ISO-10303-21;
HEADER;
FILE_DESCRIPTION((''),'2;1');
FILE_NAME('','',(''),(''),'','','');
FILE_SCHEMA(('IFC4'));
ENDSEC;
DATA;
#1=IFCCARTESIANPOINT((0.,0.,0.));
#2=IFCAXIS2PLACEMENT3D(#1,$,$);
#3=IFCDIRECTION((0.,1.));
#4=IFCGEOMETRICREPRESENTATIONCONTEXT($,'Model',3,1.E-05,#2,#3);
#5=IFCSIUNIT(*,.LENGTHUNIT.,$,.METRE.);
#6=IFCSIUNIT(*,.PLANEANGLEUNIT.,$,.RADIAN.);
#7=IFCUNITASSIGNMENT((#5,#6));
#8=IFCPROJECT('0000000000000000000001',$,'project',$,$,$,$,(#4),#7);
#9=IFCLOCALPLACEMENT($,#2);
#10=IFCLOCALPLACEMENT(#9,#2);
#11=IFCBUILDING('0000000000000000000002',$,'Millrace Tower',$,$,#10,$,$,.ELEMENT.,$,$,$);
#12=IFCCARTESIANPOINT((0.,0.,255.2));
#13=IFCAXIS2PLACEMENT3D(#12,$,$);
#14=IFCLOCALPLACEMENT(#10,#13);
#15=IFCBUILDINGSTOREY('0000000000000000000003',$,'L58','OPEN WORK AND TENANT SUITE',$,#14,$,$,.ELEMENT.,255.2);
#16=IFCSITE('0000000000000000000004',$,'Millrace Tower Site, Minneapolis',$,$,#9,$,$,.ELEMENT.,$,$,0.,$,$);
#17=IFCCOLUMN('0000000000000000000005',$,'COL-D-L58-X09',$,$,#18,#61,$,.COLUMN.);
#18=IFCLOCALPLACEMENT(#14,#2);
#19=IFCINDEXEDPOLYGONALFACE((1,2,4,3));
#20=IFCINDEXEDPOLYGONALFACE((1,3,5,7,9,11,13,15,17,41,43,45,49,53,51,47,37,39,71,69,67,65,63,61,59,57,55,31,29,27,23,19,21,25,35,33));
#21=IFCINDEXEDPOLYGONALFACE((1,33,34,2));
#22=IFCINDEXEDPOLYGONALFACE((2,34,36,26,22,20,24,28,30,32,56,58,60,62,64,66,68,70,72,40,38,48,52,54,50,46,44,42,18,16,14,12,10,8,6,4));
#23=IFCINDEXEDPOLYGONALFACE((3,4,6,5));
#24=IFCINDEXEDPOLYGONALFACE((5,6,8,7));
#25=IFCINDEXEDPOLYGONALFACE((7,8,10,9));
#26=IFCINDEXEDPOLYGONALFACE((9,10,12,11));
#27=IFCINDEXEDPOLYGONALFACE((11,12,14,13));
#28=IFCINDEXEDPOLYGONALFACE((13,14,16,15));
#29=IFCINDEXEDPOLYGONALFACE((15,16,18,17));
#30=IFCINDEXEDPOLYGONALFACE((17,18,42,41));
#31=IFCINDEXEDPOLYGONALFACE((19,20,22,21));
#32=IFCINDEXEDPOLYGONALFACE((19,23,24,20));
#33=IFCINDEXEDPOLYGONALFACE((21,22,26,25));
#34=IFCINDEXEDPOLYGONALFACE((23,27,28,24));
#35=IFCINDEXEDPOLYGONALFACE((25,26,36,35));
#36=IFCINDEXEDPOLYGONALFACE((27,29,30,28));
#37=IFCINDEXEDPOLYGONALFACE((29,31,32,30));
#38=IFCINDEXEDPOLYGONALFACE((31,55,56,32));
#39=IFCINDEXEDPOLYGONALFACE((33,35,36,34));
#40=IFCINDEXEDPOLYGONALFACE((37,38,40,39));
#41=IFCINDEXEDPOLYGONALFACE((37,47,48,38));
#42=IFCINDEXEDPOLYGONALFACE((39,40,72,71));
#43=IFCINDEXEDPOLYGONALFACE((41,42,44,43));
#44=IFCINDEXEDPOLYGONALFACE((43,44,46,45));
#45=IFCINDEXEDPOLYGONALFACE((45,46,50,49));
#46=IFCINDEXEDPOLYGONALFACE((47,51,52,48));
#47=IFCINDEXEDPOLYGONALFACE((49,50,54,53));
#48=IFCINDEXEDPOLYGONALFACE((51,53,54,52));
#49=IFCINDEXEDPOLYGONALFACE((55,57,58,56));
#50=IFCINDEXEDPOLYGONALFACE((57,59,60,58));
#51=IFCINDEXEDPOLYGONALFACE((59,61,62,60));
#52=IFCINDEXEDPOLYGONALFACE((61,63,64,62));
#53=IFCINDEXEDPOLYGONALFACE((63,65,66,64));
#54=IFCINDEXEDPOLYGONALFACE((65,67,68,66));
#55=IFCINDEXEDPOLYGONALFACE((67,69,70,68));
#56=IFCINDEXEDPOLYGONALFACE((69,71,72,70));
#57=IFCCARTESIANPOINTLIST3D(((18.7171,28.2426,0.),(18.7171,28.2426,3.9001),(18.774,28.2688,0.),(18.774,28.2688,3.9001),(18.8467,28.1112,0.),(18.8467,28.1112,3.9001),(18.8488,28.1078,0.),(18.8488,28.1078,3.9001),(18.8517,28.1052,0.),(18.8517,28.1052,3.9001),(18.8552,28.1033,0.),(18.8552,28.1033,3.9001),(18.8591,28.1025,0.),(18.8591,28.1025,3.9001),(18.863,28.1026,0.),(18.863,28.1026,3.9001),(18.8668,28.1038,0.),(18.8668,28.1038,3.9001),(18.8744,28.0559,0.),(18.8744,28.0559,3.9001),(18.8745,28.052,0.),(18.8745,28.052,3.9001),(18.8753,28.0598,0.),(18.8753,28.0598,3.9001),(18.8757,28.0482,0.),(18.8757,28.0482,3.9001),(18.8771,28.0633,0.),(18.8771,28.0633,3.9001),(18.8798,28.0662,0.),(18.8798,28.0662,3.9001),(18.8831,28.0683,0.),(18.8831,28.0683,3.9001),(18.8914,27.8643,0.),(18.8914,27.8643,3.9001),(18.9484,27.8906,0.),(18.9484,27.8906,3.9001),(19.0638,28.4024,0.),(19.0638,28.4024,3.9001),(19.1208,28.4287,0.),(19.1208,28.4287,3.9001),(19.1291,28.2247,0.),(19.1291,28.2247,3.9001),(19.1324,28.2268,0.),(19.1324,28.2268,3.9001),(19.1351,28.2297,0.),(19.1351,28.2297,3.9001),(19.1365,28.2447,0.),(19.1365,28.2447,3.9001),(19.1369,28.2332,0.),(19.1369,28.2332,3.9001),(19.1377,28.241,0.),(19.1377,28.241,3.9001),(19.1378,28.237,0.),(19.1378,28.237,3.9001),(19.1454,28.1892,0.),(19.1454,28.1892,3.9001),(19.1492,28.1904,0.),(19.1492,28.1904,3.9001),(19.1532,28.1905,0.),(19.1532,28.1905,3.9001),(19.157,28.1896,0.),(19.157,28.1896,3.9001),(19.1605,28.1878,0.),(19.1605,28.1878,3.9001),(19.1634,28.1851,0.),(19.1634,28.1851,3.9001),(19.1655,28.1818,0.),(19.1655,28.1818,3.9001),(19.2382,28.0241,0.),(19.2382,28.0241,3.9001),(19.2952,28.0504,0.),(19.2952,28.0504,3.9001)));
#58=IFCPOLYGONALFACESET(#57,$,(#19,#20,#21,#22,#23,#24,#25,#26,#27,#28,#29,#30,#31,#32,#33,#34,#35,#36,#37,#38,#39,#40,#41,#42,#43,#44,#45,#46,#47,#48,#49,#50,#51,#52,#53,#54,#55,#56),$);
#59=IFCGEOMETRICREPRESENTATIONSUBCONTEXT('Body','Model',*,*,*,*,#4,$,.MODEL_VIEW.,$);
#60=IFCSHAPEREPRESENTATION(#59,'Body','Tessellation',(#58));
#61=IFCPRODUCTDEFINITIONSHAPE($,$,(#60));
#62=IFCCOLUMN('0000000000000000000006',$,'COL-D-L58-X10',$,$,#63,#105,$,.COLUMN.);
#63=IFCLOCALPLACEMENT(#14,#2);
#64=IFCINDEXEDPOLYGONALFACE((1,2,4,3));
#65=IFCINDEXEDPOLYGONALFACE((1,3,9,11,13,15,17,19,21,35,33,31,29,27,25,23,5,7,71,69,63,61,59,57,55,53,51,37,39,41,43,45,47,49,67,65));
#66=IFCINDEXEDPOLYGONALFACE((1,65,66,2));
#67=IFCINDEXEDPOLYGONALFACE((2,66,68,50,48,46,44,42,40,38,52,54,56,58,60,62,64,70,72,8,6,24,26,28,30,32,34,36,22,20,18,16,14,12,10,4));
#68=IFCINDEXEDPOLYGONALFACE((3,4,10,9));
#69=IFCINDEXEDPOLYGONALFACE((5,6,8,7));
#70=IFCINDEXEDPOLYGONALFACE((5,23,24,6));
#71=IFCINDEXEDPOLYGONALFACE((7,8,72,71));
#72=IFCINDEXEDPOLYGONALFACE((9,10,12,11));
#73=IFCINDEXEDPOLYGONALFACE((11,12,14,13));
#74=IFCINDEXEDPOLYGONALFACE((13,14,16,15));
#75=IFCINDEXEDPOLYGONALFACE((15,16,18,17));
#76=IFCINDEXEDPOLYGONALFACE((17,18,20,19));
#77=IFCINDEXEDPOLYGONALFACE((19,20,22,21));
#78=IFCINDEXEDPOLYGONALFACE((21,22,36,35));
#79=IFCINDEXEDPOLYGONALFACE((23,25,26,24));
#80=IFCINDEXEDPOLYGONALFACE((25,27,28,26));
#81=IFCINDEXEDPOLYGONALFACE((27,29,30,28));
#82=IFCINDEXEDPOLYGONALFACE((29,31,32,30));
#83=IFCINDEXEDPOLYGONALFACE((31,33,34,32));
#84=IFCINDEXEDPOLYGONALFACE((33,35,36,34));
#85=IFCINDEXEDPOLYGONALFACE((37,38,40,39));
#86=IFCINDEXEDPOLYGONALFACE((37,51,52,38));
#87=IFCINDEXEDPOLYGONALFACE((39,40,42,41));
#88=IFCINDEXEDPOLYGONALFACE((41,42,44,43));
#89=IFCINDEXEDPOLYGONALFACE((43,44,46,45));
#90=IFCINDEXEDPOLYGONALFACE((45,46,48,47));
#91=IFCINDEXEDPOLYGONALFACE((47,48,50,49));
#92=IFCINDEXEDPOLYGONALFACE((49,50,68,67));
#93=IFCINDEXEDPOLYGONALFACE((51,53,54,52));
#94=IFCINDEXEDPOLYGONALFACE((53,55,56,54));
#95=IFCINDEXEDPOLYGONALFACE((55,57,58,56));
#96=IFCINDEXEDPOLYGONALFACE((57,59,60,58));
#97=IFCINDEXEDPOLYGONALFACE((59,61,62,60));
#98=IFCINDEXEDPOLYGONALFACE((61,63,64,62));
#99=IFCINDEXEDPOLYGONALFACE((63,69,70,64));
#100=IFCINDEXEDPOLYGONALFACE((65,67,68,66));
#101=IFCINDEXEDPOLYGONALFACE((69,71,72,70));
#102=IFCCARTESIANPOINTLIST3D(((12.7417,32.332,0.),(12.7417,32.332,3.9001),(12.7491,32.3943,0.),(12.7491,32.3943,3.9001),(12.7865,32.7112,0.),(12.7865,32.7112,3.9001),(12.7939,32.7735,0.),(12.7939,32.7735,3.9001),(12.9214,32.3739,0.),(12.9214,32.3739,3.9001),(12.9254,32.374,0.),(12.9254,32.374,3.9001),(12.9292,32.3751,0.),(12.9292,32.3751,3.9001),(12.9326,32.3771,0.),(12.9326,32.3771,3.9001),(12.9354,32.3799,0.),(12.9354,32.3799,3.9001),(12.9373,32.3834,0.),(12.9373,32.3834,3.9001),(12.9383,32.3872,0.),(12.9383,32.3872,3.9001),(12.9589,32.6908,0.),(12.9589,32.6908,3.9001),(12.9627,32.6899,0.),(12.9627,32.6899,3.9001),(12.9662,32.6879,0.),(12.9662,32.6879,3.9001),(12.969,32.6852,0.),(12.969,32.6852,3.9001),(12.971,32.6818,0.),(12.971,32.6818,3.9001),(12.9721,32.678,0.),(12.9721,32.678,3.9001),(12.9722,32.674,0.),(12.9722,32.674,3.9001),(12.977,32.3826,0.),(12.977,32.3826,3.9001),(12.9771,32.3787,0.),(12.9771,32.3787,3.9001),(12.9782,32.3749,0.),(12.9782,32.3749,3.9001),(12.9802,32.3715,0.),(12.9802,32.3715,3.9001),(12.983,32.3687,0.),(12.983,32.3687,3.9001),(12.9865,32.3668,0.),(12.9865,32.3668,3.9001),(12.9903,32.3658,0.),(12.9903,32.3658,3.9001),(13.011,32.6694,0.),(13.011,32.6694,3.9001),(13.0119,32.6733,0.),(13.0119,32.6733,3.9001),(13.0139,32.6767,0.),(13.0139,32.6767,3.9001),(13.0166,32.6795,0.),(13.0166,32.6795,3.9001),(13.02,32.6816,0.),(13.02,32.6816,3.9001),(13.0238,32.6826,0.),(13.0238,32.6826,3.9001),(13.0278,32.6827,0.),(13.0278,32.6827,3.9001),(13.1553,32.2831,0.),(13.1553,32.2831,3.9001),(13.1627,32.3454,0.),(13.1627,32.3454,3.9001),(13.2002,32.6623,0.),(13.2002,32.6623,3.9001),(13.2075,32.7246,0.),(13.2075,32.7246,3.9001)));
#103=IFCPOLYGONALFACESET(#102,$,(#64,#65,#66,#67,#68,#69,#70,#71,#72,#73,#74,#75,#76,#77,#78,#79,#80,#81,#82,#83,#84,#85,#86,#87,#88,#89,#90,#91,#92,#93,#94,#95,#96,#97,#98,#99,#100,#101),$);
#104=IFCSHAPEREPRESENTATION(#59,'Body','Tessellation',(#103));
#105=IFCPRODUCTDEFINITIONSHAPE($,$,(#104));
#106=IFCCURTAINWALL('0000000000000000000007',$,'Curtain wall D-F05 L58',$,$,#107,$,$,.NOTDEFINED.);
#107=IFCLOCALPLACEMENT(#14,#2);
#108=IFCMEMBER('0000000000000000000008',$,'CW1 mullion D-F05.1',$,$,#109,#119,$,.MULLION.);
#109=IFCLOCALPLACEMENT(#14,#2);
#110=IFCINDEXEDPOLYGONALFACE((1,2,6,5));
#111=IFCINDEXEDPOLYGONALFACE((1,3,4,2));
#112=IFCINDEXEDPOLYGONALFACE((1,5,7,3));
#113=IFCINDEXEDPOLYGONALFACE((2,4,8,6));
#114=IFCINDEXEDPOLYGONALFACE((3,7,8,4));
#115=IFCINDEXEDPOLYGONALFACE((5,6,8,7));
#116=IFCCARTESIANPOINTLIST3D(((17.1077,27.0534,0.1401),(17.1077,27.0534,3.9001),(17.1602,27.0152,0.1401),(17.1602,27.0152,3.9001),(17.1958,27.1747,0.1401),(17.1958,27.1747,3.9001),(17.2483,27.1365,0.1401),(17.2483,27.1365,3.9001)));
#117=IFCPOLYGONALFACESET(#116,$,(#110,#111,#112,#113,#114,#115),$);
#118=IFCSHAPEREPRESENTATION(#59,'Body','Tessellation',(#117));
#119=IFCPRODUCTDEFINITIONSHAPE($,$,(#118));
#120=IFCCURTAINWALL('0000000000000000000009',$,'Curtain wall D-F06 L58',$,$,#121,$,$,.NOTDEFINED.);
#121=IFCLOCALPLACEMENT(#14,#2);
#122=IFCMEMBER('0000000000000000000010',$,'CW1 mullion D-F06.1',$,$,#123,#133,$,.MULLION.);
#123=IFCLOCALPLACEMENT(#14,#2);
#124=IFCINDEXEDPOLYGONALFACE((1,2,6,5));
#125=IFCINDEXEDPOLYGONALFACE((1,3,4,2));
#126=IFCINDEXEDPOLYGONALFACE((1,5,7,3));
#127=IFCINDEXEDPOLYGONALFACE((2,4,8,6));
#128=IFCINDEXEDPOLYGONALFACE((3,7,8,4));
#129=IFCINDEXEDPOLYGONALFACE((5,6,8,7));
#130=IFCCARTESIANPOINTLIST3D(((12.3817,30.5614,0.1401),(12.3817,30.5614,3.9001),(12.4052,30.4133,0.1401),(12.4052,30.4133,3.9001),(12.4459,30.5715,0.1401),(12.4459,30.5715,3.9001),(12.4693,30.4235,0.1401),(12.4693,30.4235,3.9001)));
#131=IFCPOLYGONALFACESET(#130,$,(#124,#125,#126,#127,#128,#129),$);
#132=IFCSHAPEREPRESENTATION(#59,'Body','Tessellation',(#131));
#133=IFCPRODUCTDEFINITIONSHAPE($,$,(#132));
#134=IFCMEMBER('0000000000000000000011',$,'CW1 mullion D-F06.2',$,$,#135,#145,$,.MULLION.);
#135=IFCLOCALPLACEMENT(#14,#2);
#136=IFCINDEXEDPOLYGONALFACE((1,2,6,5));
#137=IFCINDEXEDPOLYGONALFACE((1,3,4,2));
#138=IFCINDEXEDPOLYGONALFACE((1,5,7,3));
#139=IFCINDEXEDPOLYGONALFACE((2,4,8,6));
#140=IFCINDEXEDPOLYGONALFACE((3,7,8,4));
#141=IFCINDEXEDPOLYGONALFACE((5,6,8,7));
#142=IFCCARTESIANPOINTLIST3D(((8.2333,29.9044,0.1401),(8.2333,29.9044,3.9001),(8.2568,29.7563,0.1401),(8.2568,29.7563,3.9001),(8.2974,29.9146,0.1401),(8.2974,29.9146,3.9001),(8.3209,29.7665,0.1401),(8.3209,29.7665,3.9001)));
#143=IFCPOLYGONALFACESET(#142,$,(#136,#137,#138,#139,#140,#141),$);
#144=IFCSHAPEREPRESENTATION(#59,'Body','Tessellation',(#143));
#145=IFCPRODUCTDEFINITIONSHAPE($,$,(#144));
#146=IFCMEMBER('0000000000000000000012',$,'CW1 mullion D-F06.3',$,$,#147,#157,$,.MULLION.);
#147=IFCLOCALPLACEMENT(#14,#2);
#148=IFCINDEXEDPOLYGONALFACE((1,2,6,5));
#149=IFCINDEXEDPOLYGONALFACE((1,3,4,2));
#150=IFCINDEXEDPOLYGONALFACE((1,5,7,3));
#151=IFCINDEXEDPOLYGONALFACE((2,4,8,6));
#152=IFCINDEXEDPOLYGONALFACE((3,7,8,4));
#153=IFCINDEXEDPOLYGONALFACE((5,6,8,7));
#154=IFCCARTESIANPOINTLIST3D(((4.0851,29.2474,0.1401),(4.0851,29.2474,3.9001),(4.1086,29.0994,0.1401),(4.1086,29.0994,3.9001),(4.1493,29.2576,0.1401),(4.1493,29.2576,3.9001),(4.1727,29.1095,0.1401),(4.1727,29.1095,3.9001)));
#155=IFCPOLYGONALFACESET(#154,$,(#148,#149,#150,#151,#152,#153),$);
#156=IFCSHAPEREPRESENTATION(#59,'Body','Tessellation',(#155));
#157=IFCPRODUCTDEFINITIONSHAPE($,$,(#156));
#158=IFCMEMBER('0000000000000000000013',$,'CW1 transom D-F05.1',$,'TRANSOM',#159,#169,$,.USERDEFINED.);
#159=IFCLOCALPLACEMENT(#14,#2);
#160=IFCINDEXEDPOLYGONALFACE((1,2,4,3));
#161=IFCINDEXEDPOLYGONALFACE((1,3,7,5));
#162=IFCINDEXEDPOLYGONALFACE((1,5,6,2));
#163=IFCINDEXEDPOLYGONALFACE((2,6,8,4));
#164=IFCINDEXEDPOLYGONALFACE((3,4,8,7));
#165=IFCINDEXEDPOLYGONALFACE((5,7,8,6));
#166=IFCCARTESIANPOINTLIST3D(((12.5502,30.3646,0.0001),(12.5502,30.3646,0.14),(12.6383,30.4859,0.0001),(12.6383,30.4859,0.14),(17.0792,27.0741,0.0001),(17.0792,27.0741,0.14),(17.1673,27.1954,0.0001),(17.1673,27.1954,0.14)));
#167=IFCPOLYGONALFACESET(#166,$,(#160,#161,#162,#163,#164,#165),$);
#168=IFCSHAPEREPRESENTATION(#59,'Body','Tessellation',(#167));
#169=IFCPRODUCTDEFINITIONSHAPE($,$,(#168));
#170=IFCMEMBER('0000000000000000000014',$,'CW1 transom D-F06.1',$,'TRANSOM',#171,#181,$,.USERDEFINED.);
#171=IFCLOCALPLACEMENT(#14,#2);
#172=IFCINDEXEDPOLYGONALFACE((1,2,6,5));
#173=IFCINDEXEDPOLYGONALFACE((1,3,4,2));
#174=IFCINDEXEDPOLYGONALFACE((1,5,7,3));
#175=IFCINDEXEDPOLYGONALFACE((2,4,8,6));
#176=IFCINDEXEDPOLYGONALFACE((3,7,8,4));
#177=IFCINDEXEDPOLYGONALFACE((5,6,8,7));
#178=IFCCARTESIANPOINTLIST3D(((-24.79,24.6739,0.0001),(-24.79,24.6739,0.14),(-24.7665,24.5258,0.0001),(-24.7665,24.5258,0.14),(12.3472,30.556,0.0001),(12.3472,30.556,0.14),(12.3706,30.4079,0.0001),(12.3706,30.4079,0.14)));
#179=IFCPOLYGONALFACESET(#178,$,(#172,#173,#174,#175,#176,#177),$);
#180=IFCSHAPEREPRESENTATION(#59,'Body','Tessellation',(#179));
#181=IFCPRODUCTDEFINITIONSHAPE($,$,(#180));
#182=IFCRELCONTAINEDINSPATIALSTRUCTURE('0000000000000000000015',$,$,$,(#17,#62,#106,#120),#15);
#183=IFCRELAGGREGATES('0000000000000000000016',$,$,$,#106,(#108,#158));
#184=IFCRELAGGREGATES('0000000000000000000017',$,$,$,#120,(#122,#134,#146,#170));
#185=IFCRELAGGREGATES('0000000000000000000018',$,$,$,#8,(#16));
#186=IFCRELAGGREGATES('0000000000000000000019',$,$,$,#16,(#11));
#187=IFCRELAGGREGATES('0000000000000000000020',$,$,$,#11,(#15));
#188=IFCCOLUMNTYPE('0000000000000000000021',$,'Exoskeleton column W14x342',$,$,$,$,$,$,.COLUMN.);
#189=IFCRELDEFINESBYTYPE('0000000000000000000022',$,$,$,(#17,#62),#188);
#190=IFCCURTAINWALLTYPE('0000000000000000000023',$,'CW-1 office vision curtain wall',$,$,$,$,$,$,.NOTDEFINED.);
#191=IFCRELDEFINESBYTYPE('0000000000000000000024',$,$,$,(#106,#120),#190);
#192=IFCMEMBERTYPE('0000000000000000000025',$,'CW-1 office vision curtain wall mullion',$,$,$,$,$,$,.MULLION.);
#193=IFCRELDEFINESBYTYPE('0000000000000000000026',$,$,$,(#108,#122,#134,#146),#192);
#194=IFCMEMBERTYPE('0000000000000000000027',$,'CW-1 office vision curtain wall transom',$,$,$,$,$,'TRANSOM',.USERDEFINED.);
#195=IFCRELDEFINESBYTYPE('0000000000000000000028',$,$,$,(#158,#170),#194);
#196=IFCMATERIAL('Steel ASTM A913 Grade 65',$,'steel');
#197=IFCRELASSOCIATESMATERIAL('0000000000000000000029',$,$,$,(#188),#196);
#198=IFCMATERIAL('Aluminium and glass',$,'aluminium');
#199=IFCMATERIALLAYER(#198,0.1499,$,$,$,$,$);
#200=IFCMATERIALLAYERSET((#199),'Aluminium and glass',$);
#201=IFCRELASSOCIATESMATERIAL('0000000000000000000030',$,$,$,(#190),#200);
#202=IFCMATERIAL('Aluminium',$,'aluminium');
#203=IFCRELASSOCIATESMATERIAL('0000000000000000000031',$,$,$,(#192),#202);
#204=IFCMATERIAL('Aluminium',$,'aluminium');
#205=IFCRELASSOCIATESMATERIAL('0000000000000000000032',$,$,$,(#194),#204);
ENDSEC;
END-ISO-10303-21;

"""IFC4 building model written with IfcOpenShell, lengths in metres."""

from ifc_helpers import new_model, si_unit, direction, frame, origin, origin_2d, place, context, subcontext, project, spatial, rectangle, i_section, extrude, material, layer, layer_set, material_profile, profile_set, type_object, element, aggregate, save


model = new_model("IFC4")

# Units and contexts
model_context = context("Model", 3, precision=1e-05, world=origin(), true_north=direction((0.0, 1.0)))
body_context = subcontext(model_context, "Body", "Model", "MODEL_VIEW")
ifc_project = project(units=[si_unit("LENGTHUNIT", "METRE"), si_unit("PLANEANGLEUNIT", "RADIAN")], contexts=[model_context])

# Site, building, storey
site_placement = place(None, origin())
site = spatial("IfcSite", under=ifc_project, at=site_placement, Name="Millrace Tower Site, Minneapolis", CompositionType="ELEMENT", RefElevation=0.0)
building_placement = place(site_placement, origin())
building = spatial("IfcBuilding", under=site, at=building_placement, Name="Millrace Tower", CompositionType="ELEMENT")
storey_placement = place(building_placement, frame((0.0, 0.0, 255.2)))
storey = spatial("IfcBuildingStorey", under=building, at=storey_placement, Name="L58", Description="OPEN WORK AND TENANT SUITE", CompositionType="ELEMENT", Elevation=255.2)

# Columns
ifc_material_1 = material(Name="Steel ASTM A913 Grade 65", Category="steel")
ifc_material_profile_1 = material_profile(ifc_material_1, i_section(OverallWidth=0.4165, OverallDepth=0.4446, WebThickness=0.0391, FlangeThickness=0.0627, FilletRadius=0.0151, at=origin_2d()))
ifc_profile_set_1 = profile_set([ifc_material_profile_1], Name="Steel ASTM A913 Grade 65")
column_type = type_object("IfcColumnType", Name="Exoskeleton column W14x342", PredefinedType="COLUMN", material=ifc_profile_set_1)
for number, where, z_axis, x_axis, name in (
    (1, (19.0061, 28.1465, 0.0), (0.0, 0.0, 1.0), (-0.418553, 0.908192, 0.0), "COL-D-L58-X09"),
    (2, (12.9746, 32.5283, 0.0), (0.0, 0.0, 1.0), (-0.993082, 0.117421, 0.0), "COL-D-L58-X10"),
):
    element("IfcColumn", number, at=place(storey_placement, frame(where, z_axis=z_axis, x_axis=x_axis)), inside=storey, type_object=column_type, Name=name, PredefinedType="COLUMN", context=body_context, shape_type="SweptSolid", body=[
        extrude(i_section(OverallWidth=0.4165, OverallDepth=0.4446, WebThickness=0.0391, FlangeThickness=0.0627, FilletRadius=0.0151, at=origin_2d()), origin(), (0.0, 0.0, 1.0), 3.9001),
    ])

# Curtain wall, member
ifc_material_2 = material(Name="Aluminium and glass", Category="aluminium")
ifc_layer_1 = layer(ifc_material_2, 0.1499)
ifc_layer_set_1 = layer_set([ifc_layer_1], Name="Aluminium and glass")
curtain_wall_type = type_object("IfcCurtainWallType", Name="CW-1 office vision curtain wall", PredefinedType="NOTDEFINED", material=ifc_layer_set_1)
placement = place(storey_placement, origin())
curtain_wall_1 = element("IfcCurtainWall", 3, at=placement, inside=storey, type_object=curtain_wall_type, Name="Curtain wall D-F05 L58", PredefinedType="NOTDEFINED")
ifc_material_3 = material(Name="Aluminium", Category="aluminium")
ifc_material_profile_2 = material_profile(ifc_material_3, rectangle(XDim=0.0649, YDim=0.1499, at=origin_2d()))
ifc_profile_set_2 = profile_set([ifc_material_profile_2], Name="Aluminium")
member_type_1 = type_object("IfcMemberType", Name="CW-1 office vision curtain wall mullion", PredefinedType="MULLION", material=ifc_profile_set_2)
member_1_placement = place(storey_placement, frame((17.178, 27.095, 0.1401), z_axis=(0.0, 0.0, 1.0), x_axis=(-0.809017, 0.587785, 0.0)))
member_1 = element("IfcMember", 4, at=member_1_placement, type_object=member_type_1, Name="CW1 mullion D-F05.1", PredefinedType="MULLION", context=body_context, shape_type="SweptSolid", body=[
    extrude(rectangle(XDim=0.0649, YDim=0.1499, at=origin_2d()), origin(), (0.0, 0.0, 1.0), 3.76),
])

# Curtain wall, members
curtain_wall_2 = element("IfcCurtainWall", 5, at=placement, inside=storey, type_object=curtain_wall_type, Name="Curtain wall D-F06 L58", PredefinedType="NOTDEFINED")
member_2_placement = place(storey_placement, frame((12.4255, 30.4924, 0.1401), z_axis=(0.0, 0.0, 1.0), x_axis=(-0.987688, -0.156434, 0.0)))
member_2 = element("IfcMember", 6, at=member_2_placement, type_object=member_type_1, Name="CW1 mullion D-F06.1", PredefinedType="MULLION", context=body_context, shape_type="SweptSolid", body=[
    extrude(rectangle(XDim=0.0649, YDim=0.1499, at=origin_2d()), origin(), (0.0, 0.0, 1.0), 3.76),
])
member_3_placement = place(storey_placement, frame((8.2771, 29.8354, 0.1401), z_axis=(0.0, 0.0, 1.0), x_axis=(-0.987688, -0.156434, 0.0)))
member_3 = element("IfcMember", 7, at=member_3_placement, type_object=member_type_1, Name="CW1 mullion D-F06.2", PredefinedType="MULLION", context=body_context, shape_type="SweptSolid", body=[
    extrude(rectangle(XDim=0.0649, YDim=0.1499, at=origin_2d()), origin(), (0.0, 0.0, 1.0), 3.76),
])
member_4_placement = place(storey_placement, frame((4.1289, 29.1785, 0.1401), z_axis=(0.0, 0.0, 1.0), x_axis=(-0.987688, -0.156434, 0.0)))
member_4 = element("IfcMember", 8, at=member_4_placement, type_object=member_type_1, Name="CW1 mullion D-F06.3", PredefinedType="MULLION", context=body_context, shape_type="SweptSolid", body=[
    extrude(rectangle(XDim=0.0649, YDim=0.1499, at=origin_2d()), origin(), (0.0, 0.0, 1.0), 3.76),
])

# Members
ifc_material_4 = material(Name="Aluminium", Category="aluminium")
ifc_material_profile_3 = material_profile(ifc_material_4, rectangle(XDim=0.1499, YDim=0.1399, at=origin_2d()))
ifc_profile_set_3 = profile_set([ifc_material_profile_3], Name="Aluminium")
member_type_2 = type_object("IfcMemberType", Name="CW-1 office vision curtain wall transom", ElementType="TRANSOM", PredefinedType="USERDEFINED", material=ifc_profile_set_3)
member_5_placement = place(storey_placement, frame((17.1233, 27.1348, 0.0701), z_axis=(-0.809019, 0.587783, 0.0), x_axis=(-0.587783, -0.809019, 0.0)))
member_5 = element("IfcMember", 9, at=member_5_placement, type_object=member_type_2, Name="CW1 transom D-F05.1", ObjectType="TRANSOM", PredefinedType="USERDEFINED", context=body_context, shape_type="SweptSolid", body=[
    extrude(rectangle(XDim=0.1499, YDim=0.1399, at=origin_2d()), origin(), (0.0, 0.0, 1.0), 5.5981),
])
aggregate(curtain_wall_1, [member_1, member_5])
member_6_placement = place(storey_placement, frame((12.3589, 30.4819, 0.0701), z_axis=(-0.987688, -0.156438, 0.0), x_axis=(0.156438, -0.987688, 0.0)))
member_6 = element("IfcMember", 10, at=member_6_placement, type_object=member_type_2, Name="CW1 transom D-F06.1", ObjectType="TRANSOM", PredefinedType="USERDEFINED", context=body_context, shape_type="SweptSolid", body=[
    extrude(rectangle(XDim=0.1499, YDim=0.1399, at=origin_2d()), origin(), (0.0, 0.0, 1.0), 37.6001),
])
aggregate(curtain_wall_2, [member_2, member_3, member_4, member_6])

save(model, "model.ifc")
